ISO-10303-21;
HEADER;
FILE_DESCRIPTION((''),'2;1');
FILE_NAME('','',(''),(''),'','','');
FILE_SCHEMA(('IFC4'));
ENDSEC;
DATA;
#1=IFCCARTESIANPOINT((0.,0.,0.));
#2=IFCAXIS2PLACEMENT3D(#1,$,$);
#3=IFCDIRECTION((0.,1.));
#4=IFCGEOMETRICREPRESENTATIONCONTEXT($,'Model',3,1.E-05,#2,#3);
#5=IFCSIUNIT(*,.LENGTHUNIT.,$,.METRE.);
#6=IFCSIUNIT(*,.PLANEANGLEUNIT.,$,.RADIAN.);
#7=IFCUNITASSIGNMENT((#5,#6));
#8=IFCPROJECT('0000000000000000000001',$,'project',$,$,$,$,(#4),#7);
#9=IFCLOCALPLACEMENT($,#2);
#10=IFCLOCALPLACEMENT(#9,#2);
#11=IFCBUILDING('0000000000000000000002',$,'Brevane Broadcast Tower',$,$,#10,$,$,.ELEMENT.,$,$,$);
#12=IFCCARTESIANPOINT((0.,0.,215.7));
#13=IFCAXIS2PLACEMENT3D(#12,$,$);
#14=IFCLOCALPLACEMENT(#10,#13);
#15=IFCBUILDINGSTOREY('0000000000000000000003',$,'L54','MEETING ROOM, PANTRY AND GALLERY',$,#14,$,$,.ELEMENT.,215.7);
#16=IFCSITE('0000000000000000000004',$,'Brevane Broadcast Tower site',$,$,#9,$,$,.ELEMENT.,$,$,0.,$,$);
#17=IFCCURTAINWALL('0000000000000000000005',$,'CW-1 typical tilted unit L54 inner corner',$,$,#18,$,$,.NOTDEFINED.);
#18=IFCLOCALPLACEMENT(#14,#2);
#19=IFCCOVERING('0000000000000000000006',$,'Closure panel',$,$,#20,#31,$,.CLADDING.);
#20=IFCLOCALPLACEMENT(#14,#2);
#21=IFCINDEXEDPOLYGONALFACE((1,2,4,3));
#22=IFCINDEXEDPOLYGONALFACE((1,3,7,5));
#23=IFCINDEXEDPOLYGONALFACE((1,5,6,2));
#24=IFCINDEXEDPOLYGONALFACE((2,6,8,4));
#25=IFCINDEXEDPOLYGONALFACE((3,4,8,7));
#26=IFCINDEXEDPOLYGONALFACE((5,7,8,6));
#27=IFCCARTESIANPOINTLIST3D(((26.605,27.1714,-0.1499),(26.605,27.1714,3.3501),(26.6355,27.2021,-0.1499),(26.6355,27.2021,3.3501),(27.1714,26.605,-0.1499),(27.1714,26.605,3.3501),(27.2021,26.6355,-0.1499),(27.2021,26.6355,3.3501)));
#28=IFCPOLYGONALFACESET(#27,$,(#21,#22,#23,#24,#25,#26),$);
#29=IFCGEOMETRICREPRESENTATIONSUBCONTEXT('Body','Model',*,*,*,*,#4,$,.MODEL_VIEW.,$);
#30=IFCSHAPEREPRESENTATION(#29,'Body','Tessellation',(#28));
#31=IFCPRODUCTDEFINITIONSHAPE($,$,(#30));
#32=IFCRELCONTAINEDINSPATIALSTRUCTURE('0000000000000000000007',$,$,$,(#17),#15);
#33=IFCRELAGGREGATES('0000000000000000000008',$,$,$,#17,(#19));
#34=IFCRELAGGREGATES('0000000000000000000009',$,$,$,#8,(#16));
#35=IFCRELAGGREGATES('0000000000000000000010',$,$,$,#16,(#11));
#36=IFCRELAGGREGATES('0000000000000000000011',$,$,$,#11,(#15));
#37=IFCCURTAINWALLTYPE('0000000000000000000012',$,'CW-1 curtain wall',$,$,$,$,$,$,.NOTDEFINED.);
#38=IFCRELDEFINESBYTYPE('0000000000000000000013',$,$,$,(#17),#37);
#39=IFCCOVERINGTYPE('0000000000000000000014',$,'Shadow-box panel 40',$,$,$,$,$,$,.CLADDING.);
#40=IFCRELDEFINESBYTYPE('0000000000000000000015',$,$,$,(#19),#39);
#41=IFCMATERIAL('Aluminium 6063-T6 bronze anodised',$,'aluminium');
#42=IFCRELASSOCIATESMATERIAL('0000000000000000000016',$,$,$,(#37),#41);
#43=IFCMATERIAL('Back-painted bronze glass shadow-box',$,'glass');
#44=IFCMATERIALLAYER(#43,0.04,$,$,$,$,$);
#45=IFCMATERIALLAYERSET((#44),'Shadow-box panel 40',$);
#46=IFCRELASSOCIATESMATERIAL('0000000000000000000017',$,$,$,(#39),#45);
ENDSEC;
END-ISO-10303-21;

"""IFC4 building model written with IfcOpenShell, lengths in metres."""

from ifc_helpers import new_model, si_unit, direction, frame, origin, place, context, subcontext, project, spatial, polyline, outline, extrude, material, layer, layer_set, type_object, element, aggregate, save


model = new_model("IFC4")

# Units and contexts
model_context = context("Model", 3, precision=1e-05, world=origin(), true_north=direction((0.0, 1.0)))
body_context = subcontext(model_context, "Body", "Model", "MODEL_VIEW")
ifc_project = project(units=[si_unit("LENGTHUNIT", "METRE"), si_unit("PLANEANGLEUNIT", "RADIAN")], contexts=[model_context])

# Site, building, storey
site_placement = place(None, origin())
site = spatial("IfcSite", under=ifc_project, at=site_placement, Name="Brevane Broadcast Tower site", CompositionType="ELEMENT", RefElevation=0.0)
building_placement = place(site_placement, origin())
building = spatial("IfcBuilding", under=site, at=building_placement, Name="Brevane Broadcast Tower", CompositionType="ELEMENT")
storey_placement = place(building_placement, frame((0.0, 0.0, 215.7)))
storey = spatial("IfcBuildingStorey", under=building, at=storey_placement, Name="L54", Description="MEETING ROOM, PANTRY AND GALLERY", CompositionType="ELEMENT", Elevation=215.7)

# Shared definitions
ifc_material_1 = material(Name="Aluminium 6063-T6 bronze anodised", Category="aluminium")
curtain_wall_type = type_object("IfcCurtainWallType", Name="CW-1 curtain wall", PredefinedType="NOTDEFINED", material=ifc_material_1)

# Curtain wall, covering
curtain_wall_1_placement = place(storey_placement, origin())
curtain_wall_1 = element("IfcCurtainWall", 1, at=curtain_wall_1_placement, inside=storey, type_object=curtain_wall_type, Name="CW-1 typical tilted unit L54 inner corner", PredefinedType="NOTDEFINED")
ifc_material_2 = material(Name="Back-painted bronze glass shadow-box", Category="glass")
ifc_layer_1 = layer(ifc_material_2, 0.04)
ifc_layer_set_1 = layer_set([ifc_layer_1], Name="Shadow-box panel 40")
covering_type = type_object("IfcCoveringType", Name="Shadow-box panel 40", PredefinedType="CLADDING", material=ifc_layer_set_1)
covering_placement = place(storey_placement, frame((0.0, 0.0, -0.1499)))
covering = element("IfcCovering", 2, at=covering_placement, type_object=covering_type, Name="Closure panel", PredefinedType="CLADDING", context=body_context, shape_type="SweptSolid", body=[
    extrude(outline(polyline([(27.1714, 26.605), (27.2021, 26.6355), (26.6355, 27.2021), (26.605, 27.1714), (27.1714, 26.605)])), origin(), (0.0, 0.0, 1.0), 3.5),
])
aggregate(curtain_wall_1, [covering])

save(model, "model.ifc")
